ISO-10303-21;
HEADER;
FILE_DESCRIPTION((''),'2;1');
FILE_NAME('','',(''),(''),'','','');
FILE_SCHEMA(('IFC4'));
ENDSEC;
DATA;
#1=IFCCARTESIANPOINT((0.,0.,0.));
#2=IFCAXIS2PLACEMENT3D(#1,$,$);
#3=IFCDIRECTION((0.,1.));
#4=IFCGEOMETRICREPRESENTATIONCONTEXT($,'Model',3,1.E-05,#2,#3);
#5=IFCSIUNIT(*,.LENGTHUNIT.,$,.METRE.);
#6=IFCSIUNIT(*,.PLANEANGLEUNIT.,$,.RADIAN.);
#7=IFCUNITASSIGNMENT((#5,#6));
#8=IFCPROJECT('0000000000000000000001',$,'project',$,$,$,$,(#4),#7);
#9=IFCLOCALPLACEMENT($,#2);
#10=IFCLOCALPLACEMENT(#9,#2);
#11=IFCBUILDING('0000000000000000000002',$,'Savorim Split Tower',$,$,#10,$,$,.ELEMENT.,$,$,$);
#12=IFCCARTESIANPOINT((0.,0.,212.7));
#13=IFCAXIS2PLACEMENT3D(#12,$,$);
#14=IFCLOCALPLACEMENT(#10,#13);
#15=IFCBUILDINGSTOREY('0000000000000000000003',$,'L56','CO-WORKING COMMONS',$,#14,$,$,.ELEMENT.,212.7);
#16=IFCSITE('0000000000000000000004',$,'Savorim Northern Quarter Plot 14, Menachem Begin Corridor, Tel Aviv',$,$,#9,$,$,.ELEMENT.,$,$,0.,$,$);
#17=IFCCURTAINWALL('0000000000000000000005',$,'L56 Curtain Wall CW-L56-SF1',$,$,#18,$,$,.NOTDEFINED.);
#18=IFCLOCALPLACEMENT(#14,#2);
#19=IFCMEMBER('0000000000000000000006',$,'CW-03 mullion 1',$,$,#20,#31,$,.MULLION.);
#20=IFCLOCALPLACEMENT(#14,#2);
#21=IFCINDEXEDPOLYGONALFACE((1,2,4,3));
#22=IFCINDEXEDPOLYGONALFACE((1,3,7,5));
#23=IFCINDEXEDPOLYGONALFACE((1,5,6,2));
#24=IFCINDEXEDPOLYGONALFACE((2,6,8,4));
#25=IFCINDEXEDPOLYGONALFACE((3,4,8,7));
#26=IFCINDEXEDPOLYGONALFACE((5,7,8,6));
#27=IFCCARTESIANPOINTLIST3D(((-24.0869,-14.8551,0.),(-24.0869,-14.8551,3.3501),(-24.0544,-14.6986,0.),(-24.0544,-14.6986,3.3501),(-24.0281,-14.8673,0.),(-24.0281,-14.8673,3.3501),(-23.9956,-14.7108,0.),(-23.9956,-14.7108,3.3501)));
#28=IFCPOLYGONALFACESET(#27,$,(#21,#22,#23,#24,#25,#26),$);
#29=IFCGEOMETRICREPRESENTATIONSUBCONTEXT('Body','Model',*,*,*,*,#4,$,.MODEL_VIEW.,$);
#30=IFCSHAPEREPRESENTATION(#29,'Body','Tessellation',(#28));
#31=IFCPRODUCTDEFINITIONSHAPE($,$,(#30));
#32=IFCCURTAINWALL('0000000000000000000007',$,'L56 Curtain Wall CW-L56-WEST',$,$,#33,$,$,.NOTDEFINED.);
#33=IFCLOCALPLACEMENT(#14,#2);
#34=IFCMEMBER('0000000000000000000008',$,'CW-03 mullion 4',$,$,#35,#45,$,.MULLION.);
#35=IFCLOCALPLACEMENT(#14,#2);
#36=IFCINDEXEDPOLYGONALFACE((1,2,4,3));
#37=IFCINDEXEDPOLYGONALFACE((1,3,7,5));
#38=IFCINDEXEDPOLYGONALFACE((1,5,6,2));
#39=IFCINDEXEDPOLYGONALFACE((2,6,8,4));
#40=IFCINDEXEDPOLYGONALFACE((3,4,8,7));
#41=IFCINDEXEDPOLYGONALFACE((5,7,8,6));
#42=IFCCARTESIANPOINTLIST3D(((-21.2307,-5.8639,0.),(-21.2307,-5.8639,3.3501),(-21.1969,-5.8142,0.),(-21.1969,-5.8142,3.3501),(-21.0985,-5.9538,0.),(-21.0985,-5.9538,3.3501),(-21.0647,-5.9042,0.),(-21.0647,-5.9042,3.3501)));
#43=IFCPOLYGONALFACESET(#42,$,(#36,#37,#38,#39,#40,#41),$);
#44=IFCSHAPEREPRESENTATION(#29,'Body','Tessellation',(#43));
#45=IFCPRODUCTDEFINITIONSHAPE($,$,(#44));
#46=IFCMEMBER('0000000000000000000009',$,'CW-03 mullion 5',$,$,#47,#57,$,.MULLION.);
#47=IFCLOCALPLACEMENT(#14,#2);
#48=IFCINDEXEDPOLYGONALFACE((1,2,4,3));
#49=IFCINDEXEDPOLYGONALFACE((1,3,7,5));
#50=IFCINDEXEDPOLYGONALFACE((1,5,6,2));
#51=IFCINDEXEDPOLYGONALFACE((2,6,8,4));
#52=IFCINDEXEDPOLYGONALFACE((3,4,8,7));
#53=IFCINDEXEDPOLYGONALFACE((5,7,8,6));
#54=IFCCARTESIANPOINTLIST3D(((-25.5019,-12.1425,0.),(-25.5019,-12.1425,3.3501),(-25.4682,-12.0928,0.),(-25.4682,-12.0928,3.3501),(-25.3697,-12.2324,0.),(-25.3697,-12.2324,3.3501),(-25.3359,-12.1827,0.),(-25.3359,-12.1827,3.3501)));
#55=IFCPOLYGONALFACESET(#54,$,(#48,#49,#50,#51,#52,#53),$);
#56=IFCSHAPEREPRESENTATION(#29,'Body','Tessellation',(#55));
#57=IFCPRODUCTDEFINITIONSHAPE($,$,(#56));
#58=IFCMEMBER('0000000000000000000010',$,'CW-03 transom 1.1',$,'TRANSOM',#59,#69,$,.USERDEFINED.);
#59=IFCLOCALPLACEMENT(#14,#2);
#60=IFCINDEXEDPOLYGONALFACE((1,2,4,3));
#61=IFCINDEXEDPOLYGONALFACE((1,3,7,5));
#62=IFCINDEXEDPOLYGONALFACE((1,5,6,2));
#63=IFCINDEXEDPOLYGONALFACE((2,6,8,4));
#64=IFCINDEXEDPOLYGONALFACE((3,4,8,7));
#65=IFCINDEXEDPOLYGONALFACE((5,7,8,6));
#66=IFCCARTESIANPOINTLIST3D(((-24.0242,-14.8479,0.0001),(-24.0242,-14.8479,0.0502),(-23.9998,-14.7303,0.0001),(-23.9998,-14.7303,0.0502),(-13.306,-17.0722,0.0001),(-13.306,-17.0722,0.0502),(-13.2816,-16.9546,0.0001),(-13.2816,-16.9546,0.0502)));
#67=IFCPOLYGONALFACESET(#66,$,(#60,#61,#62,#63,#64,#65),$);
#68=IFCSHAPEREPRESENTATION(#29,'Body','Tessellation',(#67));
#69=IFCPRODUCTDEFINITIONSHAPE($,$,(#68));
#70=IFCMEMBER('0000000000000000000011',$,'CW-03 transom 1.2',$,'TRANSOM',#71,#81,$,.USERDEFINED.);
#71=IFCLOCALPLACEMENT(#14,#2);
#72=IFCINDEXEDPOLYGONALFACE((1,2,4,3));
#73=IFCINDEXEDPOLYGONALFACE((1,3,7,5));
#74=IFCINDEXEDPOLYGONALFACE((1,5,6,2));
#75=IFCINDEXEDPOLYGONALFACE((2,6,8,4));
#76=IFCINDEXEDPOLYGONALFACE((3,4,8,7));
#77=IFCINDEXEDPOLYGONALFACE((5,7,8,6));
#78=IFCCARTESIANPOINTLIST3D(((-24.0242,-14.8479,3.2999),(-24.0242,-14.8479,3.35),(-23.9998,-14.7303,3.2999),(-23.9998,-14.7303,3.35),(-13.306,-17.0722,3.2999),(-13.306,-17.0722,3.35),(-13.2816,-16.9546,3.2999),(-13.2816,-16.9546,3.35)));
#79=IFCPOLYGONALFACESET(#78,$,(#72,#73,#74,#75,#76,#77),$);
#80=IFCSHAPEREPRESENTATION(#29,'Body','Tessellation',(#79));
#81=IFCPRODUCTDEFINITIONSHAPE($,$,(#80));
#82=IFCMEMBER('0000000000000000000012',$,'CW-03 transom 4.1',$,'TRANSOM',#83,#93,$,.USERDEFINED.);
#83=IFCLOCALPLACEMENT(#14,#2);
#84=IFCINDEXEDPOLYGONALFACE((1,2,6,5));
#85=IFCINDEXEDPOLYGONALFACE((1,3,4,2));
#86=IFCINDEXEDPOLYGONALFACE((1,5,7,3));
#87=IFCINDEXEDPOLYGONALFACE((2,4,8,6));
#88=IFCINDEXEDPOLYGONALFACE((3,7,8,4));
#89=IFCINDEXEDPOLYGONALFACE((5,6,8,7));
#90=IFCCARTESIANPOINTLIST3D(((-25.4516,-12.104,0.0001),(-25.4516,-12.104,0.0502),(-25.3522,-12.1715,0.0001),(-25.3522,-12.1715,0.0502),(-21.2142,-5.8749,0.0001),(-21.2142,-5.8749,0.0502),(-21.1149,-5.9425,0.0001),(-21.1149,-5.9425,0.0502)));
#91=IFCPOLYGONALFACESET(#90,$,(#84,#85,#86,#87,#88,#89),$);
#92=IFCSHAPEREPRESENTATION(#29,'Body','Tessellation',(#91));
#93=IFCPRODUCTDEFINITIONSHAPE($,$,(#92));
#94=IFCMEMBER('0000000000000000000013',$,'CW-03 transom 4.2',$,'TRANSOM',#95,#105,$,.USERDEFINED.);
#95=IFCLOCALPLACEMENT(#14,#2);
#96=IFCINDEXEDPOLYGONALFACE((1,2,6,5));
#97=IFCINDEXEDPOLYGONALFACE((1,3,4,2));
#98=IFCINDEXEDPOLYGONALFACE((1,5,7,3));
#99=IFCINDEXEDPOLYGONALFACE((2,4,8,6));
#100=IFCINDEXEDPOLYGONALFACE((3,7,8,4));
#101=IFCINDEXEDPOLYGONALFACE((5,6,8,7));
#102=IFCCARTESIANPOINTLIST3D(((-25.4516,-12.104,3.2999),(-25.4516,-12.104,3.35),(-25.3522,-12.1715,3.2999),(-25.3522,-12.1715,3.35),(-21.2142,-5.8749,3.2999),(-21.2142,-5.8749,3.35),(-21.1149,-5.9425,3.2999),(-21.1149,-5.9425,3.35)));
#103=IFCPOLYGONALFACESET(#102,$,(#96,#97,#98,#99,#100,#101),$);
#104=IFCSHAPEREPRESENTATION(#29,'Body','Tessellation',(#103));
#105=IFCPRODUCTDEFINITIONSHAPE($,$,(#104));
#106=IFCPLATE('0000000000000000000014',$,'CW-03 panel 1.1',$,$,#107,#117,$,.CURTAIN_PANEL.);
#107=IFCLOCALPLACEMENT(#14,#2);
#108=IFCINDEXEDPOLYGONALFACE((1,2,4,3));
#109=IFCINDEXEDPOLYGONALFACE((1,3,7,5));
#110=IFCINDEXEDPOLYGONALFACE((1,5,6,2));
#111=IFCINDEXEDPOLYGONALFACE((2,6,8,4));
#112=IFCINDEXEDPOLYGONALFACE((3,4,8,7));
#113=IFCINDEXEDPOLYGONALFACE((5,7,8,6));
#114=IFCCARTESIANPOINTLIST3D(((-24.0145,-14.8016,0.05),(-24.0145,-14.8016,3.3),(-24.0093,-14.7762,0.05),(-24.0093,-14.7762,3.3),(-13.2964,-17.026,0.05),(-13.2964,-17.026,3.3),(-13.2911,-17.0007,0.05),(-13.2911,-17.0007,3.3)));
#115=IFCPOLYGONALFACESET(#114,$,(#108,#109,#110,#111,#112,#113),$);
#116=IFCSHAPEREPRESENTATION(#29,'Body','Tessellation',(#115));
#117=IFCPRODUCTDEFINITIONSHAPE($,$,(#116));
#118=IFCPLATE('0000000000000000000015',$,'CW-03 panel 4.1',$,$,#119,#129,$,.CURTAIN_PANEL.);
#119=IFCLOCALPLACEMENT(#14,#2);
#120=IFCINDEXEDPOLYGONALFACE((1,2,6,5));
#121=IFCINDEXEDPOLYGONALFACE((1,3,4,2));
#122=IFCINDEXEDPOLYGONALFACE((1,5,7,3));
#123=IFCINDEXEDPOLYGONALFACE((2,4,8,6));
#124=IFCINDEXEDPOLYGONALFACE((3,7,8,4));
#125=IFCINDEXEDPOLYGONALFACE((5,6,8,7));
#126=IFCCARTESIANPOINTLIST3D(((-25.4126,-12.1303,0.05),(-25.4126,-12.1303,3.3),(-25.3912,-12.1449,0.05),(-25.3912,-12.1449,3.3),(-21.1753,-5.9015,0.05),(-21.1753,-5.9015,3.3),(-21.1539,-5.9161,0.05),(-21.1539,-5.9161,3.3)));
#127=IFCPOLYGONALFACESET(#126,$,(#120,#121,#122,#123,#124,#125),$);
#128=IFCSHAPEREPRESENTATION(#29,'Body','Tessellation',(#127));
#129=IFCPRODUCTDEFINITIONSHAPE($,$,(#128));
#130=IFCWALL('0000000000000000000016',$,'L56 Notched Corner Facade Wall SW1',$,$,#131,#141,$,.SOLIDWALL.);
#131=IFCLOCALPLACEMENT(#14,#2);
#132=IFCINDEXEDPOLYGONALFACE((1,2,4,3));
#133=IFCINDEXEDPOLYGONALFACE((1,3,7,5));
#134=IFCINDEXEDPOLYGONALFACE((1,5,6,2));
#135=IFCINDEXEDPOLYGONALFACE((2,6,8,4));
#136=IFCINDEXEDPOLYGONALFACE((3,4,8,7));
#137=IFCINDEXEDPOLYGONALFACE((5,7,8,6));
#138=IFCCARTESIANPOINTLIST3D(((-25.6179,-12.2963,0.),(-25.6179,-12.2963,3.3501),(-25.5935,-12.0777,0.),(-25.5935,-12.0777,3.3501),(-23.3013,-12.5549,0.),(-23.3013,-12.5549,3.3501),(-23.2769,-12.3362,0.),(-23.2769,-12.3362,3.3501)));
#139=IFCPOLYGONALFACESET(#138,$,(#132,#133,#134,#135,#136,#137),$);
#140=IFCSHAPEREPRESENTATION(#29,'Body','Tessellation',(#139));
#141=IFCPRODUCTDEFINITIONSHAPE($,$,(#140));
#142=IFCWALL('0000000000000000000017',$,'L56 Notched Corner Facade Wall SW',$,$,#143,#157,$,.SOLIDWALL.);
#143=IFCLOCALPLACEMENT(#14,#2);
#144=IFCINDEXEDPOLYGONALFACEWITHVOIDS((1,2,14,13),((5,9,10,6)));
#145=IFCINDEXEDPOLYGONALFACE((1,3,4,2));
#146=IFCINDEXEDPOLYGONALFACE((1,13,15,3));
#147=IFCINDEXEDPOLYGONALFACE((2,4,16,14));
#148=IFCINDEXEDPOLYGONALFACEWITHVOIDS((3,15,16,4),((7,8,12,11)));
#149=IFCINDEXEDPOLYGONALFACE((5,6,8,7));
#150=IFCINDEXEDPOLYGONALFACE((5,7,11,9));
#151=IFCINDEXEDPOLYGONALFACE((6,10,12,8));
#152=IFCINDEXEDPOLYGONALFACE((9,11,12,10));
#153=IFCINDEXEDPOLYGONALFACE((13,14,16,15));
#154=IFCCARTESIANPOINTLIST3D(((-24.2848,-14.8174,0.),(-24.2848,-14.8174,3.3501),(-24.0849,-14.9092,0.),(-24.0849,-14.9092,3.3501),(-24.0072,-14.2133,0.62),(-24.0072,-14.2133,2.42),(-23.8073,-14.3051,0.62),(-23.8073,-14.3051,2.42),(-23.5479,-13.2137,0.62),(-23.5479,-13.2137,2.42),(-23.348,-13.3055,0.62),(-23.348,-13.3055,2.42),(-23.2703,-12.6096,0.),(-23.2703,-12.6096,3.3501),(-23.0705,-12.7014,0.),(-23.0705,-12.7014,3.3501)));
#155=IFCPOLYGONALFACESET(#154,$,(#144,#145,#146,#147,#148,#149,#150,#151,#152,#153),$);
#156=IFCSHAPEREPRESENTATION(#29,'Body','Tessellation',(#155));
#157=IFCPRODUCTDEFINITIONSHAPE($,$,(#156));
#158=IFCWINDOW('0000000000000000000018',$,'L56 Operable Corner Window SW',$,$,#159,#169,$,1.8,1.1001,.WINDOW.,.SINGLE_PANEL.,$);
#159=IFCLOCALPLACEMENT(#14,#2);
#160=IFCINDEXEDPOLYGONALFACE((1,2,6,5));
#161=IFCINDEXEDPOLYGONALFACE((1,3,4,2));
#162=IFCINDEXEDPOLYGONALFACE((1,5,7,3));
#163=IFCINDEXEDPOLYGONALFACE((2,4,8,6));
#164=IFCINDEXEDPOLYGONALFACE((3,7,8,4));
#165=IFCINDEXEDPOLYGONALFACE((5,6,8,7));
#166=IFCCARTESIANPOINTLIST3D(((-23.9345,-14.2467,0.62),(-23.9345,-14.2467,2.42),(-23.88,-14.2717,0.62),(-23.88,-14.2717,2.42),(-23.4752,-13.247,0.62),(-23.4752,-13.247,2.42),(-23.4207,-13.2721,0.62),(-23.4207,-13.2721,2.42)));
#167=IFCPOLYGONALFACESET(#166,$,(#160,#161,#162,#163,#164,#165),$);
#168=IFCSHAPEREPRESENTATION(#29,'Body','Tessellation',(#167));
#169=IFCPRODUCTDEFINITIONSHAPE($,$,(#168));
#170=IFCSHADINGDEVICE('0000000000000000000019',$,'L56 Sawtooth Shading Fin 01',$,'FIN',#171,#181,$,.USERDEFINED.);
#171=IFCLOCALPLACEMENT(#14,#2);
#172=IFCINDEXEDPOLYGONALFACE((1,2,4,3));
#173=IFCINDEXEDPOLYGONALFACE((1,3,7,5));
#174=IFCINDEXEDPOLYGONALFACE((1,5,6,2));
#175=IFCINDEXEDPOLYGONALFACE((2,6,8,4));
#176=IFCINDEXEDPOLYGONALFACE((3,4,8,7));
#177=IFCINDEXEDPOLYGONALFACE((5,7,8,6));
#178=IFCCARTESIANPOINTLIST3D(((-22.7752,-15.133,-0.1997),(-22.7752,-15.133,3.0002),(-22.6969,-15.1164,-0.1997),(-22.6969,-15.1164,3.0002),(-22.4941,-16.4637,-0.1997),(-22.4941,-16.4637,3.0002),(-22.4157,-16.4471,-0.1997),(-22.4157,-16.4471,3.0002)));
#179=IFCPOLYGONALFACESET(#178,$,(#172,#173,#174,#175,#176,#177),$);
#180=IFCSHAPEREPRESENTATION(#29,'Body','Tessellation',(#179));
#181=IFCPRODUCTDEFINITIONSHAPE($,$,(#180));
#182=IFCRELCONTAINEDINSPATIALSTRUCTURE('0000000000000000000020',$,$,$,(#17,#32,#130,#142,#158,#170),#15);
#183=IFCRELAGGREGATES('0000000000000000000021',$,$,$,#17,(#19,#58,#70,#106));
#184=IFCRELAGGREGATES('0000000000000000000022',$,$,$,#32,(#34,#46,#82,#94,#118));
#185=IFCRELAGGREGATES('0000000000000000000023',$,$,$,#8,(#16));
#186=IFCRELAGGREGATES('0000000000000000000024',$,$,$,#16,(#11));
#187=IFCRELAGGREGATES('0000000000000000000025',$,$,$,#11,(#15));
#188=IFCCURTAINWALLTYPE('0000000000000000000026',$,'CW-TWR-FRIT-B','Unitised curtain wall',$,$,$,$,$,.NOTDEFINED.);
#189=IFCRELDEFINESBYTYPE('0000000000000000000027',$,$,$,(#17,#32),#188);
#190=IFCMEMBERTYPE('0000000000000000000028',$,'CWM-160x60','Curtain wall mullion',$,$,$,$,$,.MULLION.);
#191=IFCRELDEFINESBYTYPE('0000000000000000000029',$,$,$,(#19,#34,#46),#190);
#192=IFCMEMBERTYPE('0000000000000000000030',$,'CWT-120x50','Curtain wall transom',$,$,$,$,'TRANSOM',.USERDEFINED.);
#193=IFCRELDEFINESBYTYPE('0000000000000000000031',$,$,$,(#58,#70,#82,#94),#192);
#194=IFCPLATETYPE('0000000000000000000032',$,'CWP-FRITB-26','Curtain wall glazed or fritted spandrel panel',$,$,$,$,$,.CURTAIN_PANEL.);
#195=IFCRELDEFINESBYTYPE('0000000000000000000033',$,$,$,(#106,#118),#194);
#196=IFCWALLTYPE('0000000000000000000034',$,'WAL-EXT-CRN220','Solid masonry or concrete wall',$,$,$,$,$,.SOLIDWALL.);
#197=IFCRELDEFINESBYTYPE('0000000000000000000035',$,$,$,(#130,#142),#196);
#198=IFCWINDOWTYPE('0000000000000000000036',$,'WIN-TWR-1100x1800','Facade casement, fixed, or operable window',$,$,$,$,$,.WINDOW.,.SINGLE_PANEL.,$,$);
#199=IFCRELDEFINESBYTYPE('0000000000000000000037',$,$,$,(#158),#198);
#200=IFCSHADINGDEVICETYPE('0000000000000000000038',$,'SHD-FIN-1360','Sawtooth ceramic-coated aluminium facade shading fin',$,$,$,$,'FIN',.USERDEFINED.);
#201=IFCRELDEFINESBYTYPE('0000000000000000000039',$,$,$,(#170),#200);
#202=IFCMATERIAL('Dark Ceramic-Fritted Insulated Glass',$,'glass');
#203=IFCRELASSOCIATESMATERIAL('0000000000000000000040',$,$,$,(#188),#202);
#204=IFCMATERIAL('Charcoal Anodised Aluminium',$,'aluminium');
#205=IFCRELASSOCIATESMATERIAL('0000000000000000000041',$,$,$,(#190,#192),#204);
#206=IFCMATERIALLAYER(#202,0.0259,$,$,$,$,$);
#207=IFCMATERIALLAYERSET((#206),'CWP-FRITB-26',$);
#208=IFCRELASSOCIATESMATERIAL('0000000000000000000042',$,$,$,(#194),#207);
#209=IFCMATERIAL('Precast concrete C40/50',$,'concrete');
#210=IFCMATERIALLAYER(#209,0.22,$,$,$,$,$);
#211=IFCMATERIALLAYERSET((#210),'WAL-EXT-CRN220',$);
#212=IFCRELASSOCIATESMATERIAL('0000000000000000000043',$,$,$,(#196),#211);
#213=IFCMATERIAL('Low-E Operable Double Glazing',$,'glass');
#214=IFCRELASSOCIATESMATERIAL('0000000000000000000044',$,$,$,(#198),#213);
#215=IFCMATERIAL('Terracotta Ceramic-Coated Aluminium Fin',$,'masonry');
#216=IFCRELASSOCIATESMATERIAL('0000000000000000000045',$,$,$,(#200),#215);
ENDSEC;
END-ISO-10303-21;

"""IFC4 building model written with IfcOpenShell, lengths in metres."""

from ifc_helpers import new_model, si_unit, direction, frame, frame_2d, origin, origin_2d, place, context, subcontext, project, spatial, rectangle, extrude, material, layer, layer_set, material_profile, profile_set, type_object, element, fill, aggregate, save


model = new_model("IFC4")

# Units and contexts
model_context = context("Model", 3, precision=1e-05, world=origin(), true_north=direction((0.0, 1.0)))
body_context = subcontext(model_context, "Body", "Model", "MODEL_VIEW")
ifc_project = project(units=[si_unit("LENGTHUNIT", "METRE"), si_unit("PLANEANGLEUNIT", "RADIAN")], contexts=[model_context])

# Site, building, storey
site_placement = place(None, origin())
site = spatial("IfcSite", under=ifc_project, at=site_placement, Name="Savorim Northern Quarter Plot 14, Menachem Begin Corridor, Tel Aviv", CompositionType="ELEMENT", RefElevation=0.0)
building_placement = place(site_placement, origin())
building = spatial("IfcBuilding", under=site, at=building_placement, Name="Savorim Split Tower", CompositionType="ELEMENT")
storey_placement = place(building_placement, frame((0.0, 0.0, 212.7)))
storey = spatial("IfcBuildingStorey", under=building, at=storey_placement, Name="L56", Description="CO-WORKING COMMONS", CompositionType="ELEMENT", Elevation=212.7)

# Curtain wall, member
ifc_material_1 = material(Name="Dark Ceramic-Fritted Insulated Glass", Category="glass")
curtain_wall_type = type_object("IfcCurtainWallType", Name="CW-TWR-FRIT-B", Description="Unitised curtain wall", PredefinedType="NOTDEFINED", material=ifc_material_1)
curtain_wall_1_placement = place(storey_placement, origin())
curtain_wall_1 = element("IfcCurtainWall", 1, at=curtain_wall_1_placement, inside=storey, type_object=curtain_wall_type, Name="L56 Curtain Wall CW-L56-SF1", PredefinedType="NOTDEFINED")
ifc_material_2 = material(Name="Charcoal Anodised Aluminium", Category="aluminium")
ifc_material_profile_1 = material_profile(ifc_material_2, rectangle(XDim=0.1599, YDim=0.0601, at=origin_2d()), Name="ALU-M 160x60")
ifc_profile_set_1 = profile_set([ifc_material_profile_1], Name="Charcoal Anodised Aluminium")
member_type_1 = type_object("IfcMemberType", Name="CWM-160x60", Description="Curtain wall mullion", PredefinedType="MULLION", material=ifc_profile_set_1)
member_1_placement = place(storey_placement, frame((-24.0413, -14.783, 0.0), z_axis=(0.0, 0.0, 1.0), x_axis=(0.203208, 0.979136, 0.0)))
member_1 = element("IfcMember", 2, at=member_1_placement, type_object=member_type_1, Name="CW-03 mullion 1", PredefinedType="MULLION", context=body_context, shape_type="SweptSolid", body=[
    extrude(rectangle(XDim=0.1599, YDim=0.0601, at=origin_2d()), origin(), (0.0, 0.0, 1.0), 3.3501),
])

# Curtain wall, members
curtain_wall_2_placement = place(storey_placement, origin())
curtain_wall_2 = element("IfcCurtainWall", 3, at=curtain_wall_2_placement, inside=storey, type_object=curtain_wall_type, Name="L56 Curtain Wall CW-L56-WEST", PredefinedType="NOTDEFINED")
member_2_placement = place(storey_placement, frame((-21.1477, -5.884, 0.0), z_axis=(0.0, 0.0, 1.0), x_axis=(0.826821, -0.562465, 0.0)))
member_2 = element("IfcMember", 4, at=member_2_placement, type_object=member_type_1, Name="CW-03 mullion 4", PredefinedType="MULLION", context=body_context, shape_type="SweptSolid", body=[
    extrude(rectangle(XDim=0.1599, YDim=0.0601, at=origin_2d()), origin(), (0.0, 0.0, 1.0), 3.3501),
])
member_3_placement = place(storey_placement, frame((-25.4189, -12.1626, 0.0), z_axis=(0.0, 0.0, 1.0), x_axis=(0.826821, -0.562465, 0.0)))
member_3 = element("IfcMember", 5, at=member_3_placement, type_object=member_type_1, Name="CW-03 mullion 5", PredefinedType="MULLION", context=body_context, shape_type="SweptSolid", body=[
    extrude(rectangle(XDim=0.1599, YDim=0.0601, at=origin_2d()), origin(), (0.0, 0.0, 1.0), 3.3501),
])

# Members
ifc_material_profile_2 = material_profile(ifc_material_2, rectangle(XDim=0.1201, YDim=0.05, at=origin_2d()), Name="ALU-T 120x50")
ifc_profile_set_2 = profile_set([ifc_material_profile_2], Name="Charcoal Anodised Aluminium")
member_type_2 = type_object("IfcMemberType", Name="CWT-120x50", Description="Curtain wall transom", ElementType="TRANSOM", PredefinedType="USERDEFINED", material=ifc_profile_set_2)
member_4_placement = place(storey_placement, frame((-24.012, -14.7891, 0.0251), z_axis=(0.979137, -0.203201, 0.0), x_axis=(0.203201, 0.979137, 0.0)))
member_4 = element("IfcMember", 6, at=member_4_placement, type_object=member_type_2, Name="CW-03 transom 1.1", ObjectType="TRANSOM", PredefinedType="USERDEFINED", context=body_context, shape_type="SweptSolid", body=[
    extrude(rectangle(XDim=0.1201, YDim=0.05, at=origin_2d()), origin(), (0.0, 0.0, 1.0), 10.9465),
])
member_5_placement = place(storey_placement, frame((-24.012, -14.7891, 3.325), z_axis=(0.979137, -0.203201, 0.0), x_axis=(0.203201, 0.979137, 0.0)))
member_5 = element("IfcMember", 7, at=member_5_placement, type_object=member_type_2, Name="CW-03 transom 1.2", ObjectType="TRANSOM", PredefinedType="USERDEFINED", context=body_context, shape_type="SweptSolid", body=[
    extrude(rectangle(XDim=0.1201, YDim=0.05, at=origin_2d()), origin(), (0.0, 0.0, 1.0), 10.9465),
])
member_6_placement = place(storey_placement, frame((-21.1646, -5.9087, 0.0251), z_axis=(-0.562454, -0.826829, 0.0), x_axis=(0.826829, -0.562454, 0.0)))
member_6 = element("IfcMember", 8, at=member_6_placement, type_object=member_type_2, Name="CW-03 transom 4.1", ObjectType="TRANSOM", PredefinedType="USERDEFINED", context=body_context, shape_type="SweptSolid", body=[
    extrude(rectangle(XDim=0.1201, YDim=0.05, at=origin_2d()), origin(), (0.0, 0.0, 1.0), 7.5337),
])
member_7_placement = place(storey_placement, frame((-21.1646, -5.9087, 3.325), z_axis=(-0.562454, -0.826829, 0.0), x_axis=(0.826829, -0.562454, 0.0)))
member_7 = element("IfcMember", 9, at=member_7_placement, type_object=member_type_2, Name="CW-03 transom 4.2", ObjectType="TRANSOM", PredefinedType="USERDEFINED", context=body_context, shape_type="SweptSolid", body=[
    extrude(rectangle(XDim=0.1201, YDim=0.05, at=origin_2d()), origin(), (0.0, 0.0, 1.0), 7.5337),
])

# Plates
ifc_layer_1 = layer(ifc_material_1, 0.0259)
ifc_layer_set_1 = layer_set([ifc_layer_1], Name="CWP-FRITB-26")
plate_type = type_object("IfcPlateType", Name="CWP-FRITB-26", Description="Curtain wall glazed or fritted spandrel panel", PredefinedType="CURTAIN_PANEL", material=ifc_layer_set_1)
plate_1_placement = place(storey_placement, frame((-18.6528, -15.9011, 0.05), z_axis=(0.0, 0.0, 1.0), x_axis=(0.979136, -0.203208, 0.0)))
plate_1 = element("IfcPlate", 10, at=plate_1_placement, type_object=plate_type, Name="CW-03 panel 1.1", PredefinedType="CURTAIN_PANEL", context=body_context, shape_type="SweptSolid", body=[
    extrude(rectangle(XDim=10.9465, YDim=0.0259, at=origin_2d()), origin(), (0.0, 0.0, 1.0), 3.25),
])
aggregate(curtain_wall_1, [member_1, member_4, member_5, plate_1])
plate_2_placement = place(storey_placement, frame((-23.2832, -9.0232, 0.05), z_axis=(0.0, 0.0, 1.0), x_axis=(-0.562465, -0.826821, 0.0)))
plate_2 = element("IfcPlate", 11, at=plate_2_placement, type_object=plate_type, Name="CW-03 panel 4.1", PredefinedType="CURTAIN_PANEL", context=body_context, shape_type="SweptSolid", body=[
    extrude(rectangle(XDim=7.5334, YDim=0.0259, at=origin_2d()), origin(), (0.0, 0.0, 1.0), 3.25),
])
aggregate(curtain_wall_2, [member_2, member_3, member_6, member_7, plate_2])

# Wall
ifc_material_3 = material(Name="Precast concrete C40/50", Category="concrete")
ifc_layer_2 = layer(ifc_material_3, 0.22)
ifc_layer_set_2 = layer_set([ifc_layer_2], Name="WAL-EXT-CRN220")
wall_type = type_object("IfcWallType", Name="WAL-EXT-CRN220", Description="Solid masonry or concrete wall", PredefinedType="SOLIDWALL", material=ifc_layer_set_2)
wall_1_placement = place(storey_placement, frame((-23.2891, -12.4456, 0.0), z_axis=(0.0, 0.0, 1.0), x_axis=(-0.99383, 0.110914, 0.0)))
element("IfcWall", 12, at=wall_1_placement, inside=storey, type_object=wall_type, Name="L56 Notched Corner Facade Wall SW1", PredefinedType="SOLIDWALL", context=body_context, shape_type="SweptSolid", body=[
    extrude(rectangle(XDim=2.3311, YDim=0.22, at=frame_2d((1.1655, 0.0))), origin(), (0.0, 0.0, 1.0), 3.3501),
])

# Wall, opening, window
wall_2_placement = place(storey_placement, frame((-24.1848, -14.8633, 0.0), z_axis=(0.0, 0.0, 1.0), x_axis=(0.417509, 0.908673, 0.0)))
wall_2 = element("IfcWall", 13, at=wall_2_placement, inside=storey, type_object=wall_type, Name="L56 Notched Corner Facade Wall SW", PredefinedType="SOLIDWALL", context=body_context, shape_type="SweptSolid", body=[
    extrude(rectangle(XDim=2.4297, YDim=0.22, at=frame_2d((1.2148, 0.0))), origin(), (0.0, 0.0, 1.0), 3.3501),
])
opening_placement = place(wall_2_placement, frame((0.6648, 0.0, 0.6201)))
opening = element("IfcOpeningElement", 14, at=opening_placement, cuts=wall_2, PredefinedType="OPENING", context=body_context, shape_type="SweptSolid", body=[
    extrude(rectangle(XDim=1.1001, YDim=1.8, at=frame_2d((0.55, 0.8999))), frame((0.0, 0.1199, 0.0), z_axis=(0.0, -1.0, 0.0), x_axis=(1.0, 0.0, 0.0)), (0.0, 0.0, 1.0), 0.24),
])
ifc_material_4 = material(Name="Low-E Operable Double Glazing", Category="glass")
window_type = type_object("IfcWindowType", Name="WIN-TWR-1100x1800", Description="Facade casement, fixed, or operable window", PartitioningType="SINGLE_PANEL", PredefinedType="WINDOW", material=ifc_material_4)
window_placement = place(opening_placement, origin())
window = element("IfcWindow", 15, at=window_placement, inside=storey, type_object=window_type, Name="L56 Operable Corner Window SW", OverallHeight=1.8, OverallWidth=1.1001, PartitioningType="SINGLE_PANEL", PredefinedType="WINDOW", context=body_context, shape_type="SweptSolid", body=[
    extrude(rectangle(XDim=1.1001, YDim=1.8, at=frame_2d((0.55, 0.8999))), frame((0.0, 0.03, 0.0), z_axis=(0.0, -1.0, 0.0), x_axis=(1.0, 0.0, 0.0)), (0.0, 0.0, 1.0), 0.0601),
])
fill(opening, window)

# Shading device
ifc_material_5 = material(Name="Terracotta Ceramic-Coated Aluminium Fin", Category="masonry")
shading_device_type = type_object("IfcShadingDeviceType", Name="SHD-FIN-1360", Description="Sawtooth ceramic-coated aluminium facade shading fin", ElementType="FIN", PredefinedType="USERDEFINED", material=ifc_material_5)
for number, where, z_axis, x_axis, name in (
    (16, (-22.5955, -15.79, -0.1997), (0.0, 0.0, 1.0), (0.206722, -0.9784, 0.0), "L56 Sawtooth Shading Fin 01"),
):
    element("IfcShadingDevice", number, at=place(storey_placement, frame(where, z_axis=z_axis, x_axis=x_axis)), inside=storey, type_object=shading_device_type, Name=name, ObjectType="FIN", PredefinedType="USERDEFINED", context=body_context, shape_type="SweptSolid", body=[
        extrude(rectangle(XDim=1.3601, YDim=0.0801, at=origin_2d()), origin(), (0.0, 0.0, 1.0), 3.2),
    ])

save(model, "model.ifc")
